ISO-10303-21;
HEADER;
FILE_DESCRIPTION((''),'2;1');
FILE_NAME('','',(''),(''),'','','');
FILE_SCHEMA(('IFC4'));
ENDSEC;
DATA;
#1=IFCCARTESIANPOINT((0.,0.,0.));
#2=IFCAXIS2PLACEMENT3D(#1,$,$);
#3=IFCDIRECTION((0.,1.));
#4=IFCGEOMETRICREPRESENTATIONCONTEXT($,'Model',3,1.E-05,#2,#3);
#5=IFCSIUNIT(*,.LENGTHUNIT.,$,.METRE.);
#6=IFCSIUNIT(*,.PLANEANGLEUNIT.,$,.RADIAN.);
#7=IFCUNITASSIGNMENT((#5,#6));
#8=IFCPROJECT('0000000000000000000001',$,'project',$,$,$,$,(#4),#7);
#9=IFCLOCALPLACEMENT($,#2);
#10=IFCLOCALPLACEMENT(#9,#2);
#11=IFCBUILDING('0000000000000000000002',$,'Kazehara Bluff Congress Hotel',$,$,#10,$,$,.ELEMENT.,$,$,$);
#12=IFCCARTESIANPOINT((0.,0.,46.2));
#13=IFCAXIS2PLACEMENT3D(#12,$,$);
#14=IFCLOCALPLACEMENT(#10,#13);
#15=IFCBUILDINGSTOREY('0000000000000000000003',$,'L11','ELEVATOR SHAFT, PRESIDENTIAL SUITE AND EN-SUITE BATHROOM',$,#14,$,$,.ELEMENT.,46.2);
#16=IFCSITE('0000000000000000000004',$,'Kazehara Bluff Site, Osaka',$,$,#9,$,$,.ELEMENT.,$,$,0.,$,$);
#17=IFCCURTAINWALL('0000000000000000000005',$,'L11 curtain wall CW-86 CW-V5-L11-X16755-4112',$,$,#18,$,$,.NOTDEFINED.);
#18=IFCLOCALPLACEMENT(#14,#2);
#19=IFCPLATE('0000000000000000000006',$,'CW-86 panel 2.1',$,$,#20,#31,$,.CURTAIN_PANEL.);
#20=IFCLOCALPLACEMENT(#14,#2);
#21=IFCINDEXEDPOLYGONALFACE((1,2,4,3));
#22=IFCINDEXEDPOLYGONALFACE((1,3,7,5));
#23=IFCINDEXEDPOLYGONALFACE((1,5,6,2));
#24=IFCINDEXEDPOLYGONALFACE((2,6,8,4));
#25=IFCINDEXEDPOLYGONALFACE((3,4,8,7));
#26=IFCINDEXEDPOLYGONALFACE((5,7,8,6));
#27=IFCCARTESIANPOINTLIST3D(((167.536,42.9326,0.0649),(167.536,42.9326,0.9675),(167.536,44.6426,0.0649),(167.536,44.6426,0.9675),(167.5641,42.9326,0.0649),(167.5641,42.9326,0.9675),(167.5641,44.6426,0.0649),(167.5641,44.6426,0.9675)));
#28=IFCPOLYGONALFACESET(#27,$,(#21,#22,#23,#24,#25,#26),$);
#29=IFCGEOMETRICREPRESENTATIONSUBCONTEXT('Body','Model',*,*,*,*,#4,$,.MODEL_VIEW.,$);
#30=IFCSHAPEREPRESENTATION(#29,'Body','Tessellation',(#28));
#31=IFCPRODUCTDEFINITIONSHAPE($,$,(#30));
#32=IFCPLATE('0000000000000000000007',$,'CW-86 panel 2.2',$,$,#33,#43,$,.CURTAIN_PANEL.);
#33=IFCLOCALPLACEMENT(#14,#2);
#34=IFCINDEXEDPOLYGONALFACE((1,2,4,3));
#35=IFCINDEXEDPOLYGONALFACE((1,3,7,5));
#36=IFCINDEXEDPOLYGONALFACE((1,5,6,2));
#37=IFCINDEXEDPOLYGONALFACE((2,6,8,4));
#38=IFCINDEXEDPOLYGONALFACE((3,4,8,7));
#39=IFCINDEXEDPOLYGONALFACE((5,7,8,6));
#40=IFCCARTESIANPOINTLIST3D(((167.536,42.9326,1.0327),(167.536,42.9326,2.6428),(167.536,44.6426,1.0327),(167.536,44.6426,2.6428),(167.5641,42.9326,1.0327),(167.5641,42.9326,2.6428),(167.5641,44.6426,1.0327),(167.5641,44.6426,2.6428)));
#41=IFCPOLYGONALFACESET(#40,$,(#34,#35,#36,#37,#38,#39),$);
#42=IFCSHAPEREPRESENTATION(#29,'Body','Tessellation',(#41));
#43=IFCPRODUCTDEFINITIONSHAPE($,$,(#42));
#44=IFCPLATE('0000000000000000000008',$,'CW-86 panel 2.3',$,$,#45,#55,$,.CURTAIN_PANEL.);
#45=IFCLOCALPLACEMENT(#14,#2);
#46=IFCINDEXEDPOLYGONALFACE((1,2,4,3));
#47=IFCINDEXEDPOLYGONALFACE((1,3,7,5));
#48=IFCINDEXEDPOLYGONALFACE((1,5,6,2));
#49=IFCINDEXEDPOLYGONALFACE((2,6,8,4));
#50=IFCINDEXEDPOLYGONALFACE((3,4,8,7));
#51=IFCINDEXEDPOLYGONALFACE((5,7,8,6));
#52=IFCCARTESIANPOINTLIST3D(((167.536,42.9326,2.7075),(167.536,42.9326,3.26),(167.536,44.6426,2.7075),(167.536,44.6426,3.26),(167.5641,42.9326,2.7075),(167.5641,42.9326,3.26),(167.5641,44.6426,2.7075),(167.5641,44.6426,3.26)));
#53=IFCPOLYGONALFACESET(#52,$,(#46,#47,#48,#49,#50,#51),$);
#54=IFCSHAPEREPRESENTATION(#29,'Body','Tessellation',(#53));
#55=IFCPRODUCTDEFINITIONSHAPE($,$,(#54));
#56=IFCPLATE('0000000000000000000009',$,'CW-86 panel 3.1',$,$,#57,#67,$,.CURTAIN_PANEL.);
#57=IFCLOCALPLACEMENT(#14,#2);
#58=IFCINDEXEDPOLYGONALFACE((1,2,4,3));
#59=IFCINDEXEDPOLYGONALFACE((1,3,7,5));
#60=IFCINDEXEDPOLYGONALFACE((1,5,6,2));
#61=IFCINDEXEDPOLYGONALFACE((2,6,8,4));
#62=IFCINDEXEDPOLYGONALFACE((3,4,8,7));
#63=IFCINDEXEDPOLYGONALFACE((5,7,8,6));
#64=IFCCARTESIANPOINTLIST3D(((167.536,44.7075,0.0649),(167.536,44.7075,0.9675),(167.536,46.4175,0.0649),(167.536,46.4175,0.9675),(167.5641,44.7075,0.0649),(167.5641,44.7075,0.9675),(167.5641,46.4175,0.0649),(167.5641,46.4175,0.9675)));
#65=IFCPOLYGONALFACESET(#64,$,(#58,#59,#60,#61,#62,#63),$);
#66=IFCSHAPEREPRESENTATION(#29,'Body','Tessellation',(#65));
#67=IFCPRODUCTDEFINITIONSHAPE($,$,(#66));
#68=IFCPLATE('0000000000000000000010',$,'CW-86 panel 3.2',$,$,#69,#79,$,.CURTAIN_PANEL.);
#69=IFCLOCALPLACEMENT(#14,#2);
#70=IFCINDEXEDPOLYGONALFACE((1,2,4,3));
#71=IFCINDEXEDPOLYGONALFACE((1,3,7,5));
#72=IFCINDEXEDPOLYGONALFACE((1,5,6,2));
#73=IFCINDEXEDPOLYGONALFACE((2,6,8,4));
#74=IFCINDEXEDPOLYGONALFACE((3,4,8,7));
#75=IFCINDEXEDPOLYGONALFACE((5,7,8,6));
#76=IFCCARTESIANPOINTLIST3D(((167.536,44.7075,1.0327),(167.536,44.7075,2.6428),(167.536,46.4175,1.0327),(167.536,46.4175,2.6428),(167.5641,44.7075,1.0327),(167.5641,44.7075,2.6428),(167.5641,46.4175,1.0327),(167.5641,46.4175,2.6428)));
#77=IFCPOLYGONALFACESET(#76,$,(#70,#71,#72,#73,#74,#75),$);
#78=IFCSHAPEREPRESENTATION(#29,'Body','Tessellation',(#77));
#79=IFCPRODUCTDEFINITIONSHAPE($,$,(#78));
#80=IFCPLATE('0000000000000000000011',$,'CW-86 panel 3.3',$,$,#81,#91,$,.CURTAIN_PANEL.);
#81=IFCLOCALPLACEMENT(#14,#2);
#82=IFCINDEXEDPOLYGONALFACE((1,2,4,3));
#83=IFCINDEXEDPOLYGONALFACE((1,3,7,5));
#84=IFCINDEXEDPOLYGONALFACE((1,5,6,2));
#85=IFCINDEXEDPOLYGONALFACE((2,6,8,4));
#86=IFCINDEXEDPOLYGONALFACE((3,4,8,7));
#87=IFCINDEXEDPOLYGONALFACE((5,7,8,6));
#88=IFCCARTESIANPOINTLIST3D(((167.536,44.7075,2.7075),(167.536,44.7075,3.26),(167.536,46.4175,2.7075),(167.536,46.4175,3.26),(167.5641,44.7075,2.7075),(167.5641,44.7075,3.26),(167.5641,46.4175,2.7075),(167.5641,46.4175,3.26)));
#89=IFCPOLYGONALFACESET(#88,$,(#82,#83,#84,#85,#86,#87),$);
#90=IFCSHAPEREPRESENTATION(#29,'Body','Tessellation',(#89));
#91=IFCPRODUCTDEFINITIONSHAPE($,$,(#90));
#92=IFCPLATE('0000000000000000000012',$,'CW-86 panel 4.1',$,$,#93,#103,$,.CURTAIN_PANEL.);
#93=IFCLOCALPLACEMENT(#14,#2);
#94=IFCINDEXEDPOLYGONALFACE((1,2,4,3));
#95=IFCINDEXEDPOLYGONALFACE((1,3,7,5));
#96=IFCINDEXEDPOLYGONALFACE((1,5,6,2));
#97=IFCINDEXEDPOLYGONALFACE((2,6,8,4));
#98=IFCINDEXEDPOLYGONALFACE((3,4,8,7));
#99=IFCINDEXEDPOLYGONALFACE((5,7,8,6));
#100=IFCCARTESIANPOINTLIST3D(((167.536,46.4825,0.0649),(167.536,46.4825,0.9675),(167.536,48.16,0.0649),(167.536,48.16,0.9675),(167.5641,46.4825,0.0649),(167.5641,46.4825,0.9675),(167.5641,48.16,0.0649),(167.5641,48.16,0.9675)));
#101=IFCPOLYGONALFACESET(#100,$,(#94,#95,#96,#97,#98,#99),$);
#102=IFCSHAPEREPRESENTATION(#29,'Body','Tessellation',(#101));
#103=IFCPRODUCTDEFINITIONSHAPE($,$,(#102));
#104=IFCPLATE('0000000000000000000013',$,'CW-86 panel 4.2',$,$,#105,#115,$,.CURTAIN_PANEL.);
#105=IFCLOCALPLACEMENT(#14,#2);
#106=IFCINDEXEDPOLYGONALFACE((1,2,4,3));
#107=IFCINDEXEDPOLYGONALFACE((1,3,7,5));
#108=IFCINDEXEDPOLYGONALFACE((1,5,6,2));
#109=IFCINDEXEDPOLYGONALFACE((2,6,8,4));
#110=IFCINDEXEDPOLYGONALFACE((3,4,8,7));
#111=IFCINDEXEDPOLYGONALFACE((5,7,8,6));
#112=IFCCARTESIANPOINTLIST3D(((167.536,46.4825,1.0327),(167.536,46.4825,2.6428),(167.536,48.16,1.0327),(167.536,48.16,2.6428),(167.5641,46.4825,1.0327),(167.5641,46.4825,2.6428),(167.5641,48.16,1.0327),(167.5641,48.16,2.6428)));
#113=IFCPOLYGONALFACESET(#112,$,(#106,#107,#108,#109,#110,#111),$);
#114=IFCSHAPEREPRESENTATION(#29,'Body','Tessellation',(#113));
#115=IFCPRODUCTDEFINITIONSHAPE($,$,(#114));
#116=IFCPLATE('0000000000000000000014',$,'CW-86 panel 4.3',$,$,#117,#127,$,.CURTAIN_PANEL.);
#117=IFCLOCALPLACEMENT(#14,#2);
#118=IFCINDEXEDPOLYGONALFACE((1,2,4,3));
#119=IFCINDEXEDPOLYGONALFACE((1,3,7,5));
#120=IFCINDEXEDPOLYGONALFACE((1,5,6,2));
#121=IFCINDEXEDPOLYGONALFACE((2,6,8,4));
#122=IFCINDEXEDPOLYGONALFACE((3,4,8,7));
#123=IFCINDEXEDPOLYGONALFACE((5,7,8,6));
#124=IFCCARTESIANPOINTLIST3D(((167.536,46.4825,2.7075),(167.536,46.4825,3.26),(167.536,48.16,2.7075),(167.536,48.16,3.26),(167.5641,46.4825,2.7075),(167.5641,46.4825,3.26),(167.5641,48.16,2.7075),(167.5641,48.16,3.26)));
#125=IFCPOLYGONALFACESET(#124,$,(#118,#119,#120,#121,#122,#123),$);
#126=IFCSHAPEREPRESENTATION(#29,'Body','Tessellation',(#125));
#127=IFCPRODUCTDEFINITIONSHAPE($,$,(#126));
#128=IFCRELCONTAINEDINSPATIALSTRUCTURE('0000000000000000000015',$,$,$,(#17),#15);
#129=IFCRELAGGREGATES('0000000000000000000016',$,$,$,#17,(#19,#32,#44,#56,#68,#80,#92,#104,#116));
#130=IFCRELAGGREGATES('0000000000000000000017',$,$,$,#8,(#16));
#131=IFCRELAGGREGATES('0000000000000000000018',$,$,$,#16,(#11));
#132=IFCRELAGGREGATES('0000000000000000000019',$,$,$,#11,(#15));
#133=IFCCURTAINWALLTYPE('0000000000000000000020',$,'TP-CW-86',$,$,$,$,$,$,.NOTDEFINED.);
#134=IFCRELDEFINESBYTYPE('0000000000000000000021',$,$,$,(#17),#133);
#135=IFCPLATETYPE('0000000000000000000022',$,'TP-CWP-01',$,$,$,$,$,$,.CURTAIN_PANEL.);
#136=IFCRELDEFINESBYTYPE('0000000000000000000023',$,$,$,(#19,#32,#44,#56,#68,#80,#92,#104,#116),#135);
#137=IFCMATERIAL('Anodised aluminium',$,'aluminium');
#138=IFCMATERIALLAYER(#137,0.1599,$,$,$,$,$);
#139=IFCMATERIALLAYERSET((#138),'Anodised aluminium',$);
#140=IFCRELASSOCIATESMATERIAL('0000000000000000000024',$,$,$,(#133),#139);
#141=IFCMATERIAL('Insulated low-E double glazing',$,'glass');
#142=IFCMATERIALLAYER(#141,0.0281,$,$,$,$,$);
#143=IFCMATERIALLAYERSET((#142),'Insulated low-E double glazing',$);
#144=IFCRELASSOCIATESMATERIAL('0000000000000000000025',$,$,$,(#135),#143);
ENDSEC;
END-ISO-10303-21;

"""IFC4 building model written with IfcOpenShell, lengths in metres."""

from ifc_helpers import new_model, si_unit, direction, frame, origin, origin_2d, place, context, subcontext, project, spatial, rectangle, extrude, material, layer, layer_set, type_object, element, aggregate, save


model = new_model("IFC4")

# Units and contexts
model_context = context("Model", 3, precision=1e-05, world=origin(), true_north=direction((0.0, 1.0)))
body_context = subcontext(model_context, "Body", "Model", "MODEL_VIEW")
ifc_project = project(units=[si_unit("LENGTHUNIT", "METRE"), si_unit("PLANEANGLEUNIT", "RADIAN")], contexts=[model_context])

# Site, building, storey
site_placement = place(None, origin())
site = spatial("IfcSite", under=ifc_project, at=site_placement, Name="Kazehara Bluff Site, Osaka", CompositionType="ELEMENT", RefElevation=0.0)
building_placement = place(site_placement, origin())
building = spatial("IfcBuilding", under=site, at=building_placement, Name="Kazehara Bluff Congress Hotel", CompositionType="ELEMENT")
storey_placement = place(building_placement, frame((0.0, 0.0, 46.2)))
storey = spatial("IfcBuildingStorey", under=building, at=storey_placement, Name="L11", Description="ELEVATOR SHAFT, PRESIDENTIAL SUITE AND EN-SUITE BATHROOM", CompositionType="ELEMENT", Elevation=46.2)

# Curtain wall
ifc_material_1 = material(Name="Anodised aluminium", Category="aluminium")
ifc_layer_1 = layer(ifc_material_1, 0.1599)
ifc_layer_set_1 = layer_set([ifc_layer_1], Name="Anodised aluminium")
curtain_wall_type = type_object("IfcCurtainWallType", Name="TP-CW-86", PredefinedType="NOTDEFINED", material=ifc_layer_set_1)
curtain_wall_placement = place(storey_placement, origin())
curtain_wall = element("IfcCurtainWall", 1, at=curtain_wall_placement, inside=storey, type_object=curtain_wall_type, Name="L11 curtain wall CW-86 CW-V5-L11-X16755-4112", PredefinedType="NOTDEFINED")

# Plates
ifc_material_2 = material(Name="Insulated low-E double glazing", Category="glass")
ifc_layer_2 = layer(ifc_material_2, 0.0281)
ifc_layer_set_2 = layer_set([ifc_layer_2], Name="Insulated low-E double glazing")
plate_type = type_object("IfcPlateType", Name="TP-CWP-01", PredefinedType="CURTAIN_PANEL", material=ifc_layer_set_2)
plate_1_placement = place(storey_placement, frame((167.55, 43.7876, 0.0649), z_axis=(0.0, 0.0, 1.0), x_axis=(0.0, 1.0, 0.0)))
plate_1 = element("IfcPlate", 2, at=plate_1_placement, type_object=plate_type, Name="CW-86 panel 2.1", PredefinedType="CURTAIN_PANEL", context=body_context, shape_type="SweptSolid", body=[
    extrude(rectangle(XDim=1.71, YDim=0.0281, at=origin_2d()), origin(), (0.0, 0.0, 1.0), 0.9026),
])
plate_2_placement = place(storey_placement, frame((167.55, 43.7876, 1.0327), z_axis=(0.0, 0.0, 1.0), x_axis=(0.0, 1.0, 0.0)))
plate_2 = element("IfcPlate", 3, at=plate_2_placement, type_object=plate_type, Name="CW-86 panel 2.2", PredefinedType="CURTAIN_PANEL", context=body_context, shape_type="SweptSolid", body=[
    extrude(rectangle(XDim=1.71, YDim=0.0281, at=origin_2d()), origin(), (0.0, 0.0, 1.0), 1.6101),
])
plate_3_placement = place(storey_placement, frame((167.55, 43.7876, 2.7075), z_axis=(0.0, 0.0, 1.0), x_axis=(0.0, 1.0, 0.0)))
plate_3 = element("IfcPlate", 4, at=plate_3_placement, type_object=plate_type, Name="CW-86 panel 2.3", PredefinedType="CURTAIN_PANEL", context=body_context, shape_type="SweptSolid", body=[
    extrude(rectangle(XDim=1.71, YDim=0.0281, at=origin_2d()), origin(), (0.0, 0.0, 1.0), 0.5525),
])
plate_4_placement = place(storey_placement, frame((167.55, 45.5625, 0.0649), z_axis=(0.0, 0.0, 1.0), x_axis=(0.0, 1.0, 0.0)))
plate_4 = element("IfcPlate", 5, at=plate_4_placement, type_object=plate_type, Name="CW-86 panel 3.1", PredefinedType="CURTAIN_PANEL", context=body_context, shape_type="SweptSolid", body=[
    extrude(rectangle(XDim=1.71, YDim=0.0281, at=origin_2d()), origin(), (0.0, 0.0, 1.0), 0.9026),
])
plate_5_placement = place(storey_placement, frame((167.55, 45.5625, 1.0327), z_axis=(0.0, 0.0, 1.0), x_axis=(0.0, 1.0, 0.0)))
plate_5 = element("IfcPlate", 6, at=plate_5_placement, type_object=plate_type, Name="CW-86 panel 3.2", PredefinedType="CURTAIN_PANEL", context=body_context, shape_type="SweptSolid", body=[
    extrude(rectangle(XDim=1.71, YDim=0.0281, at=origin_2d()), origin(), (0.0, 0.0, 1.0), 1.6101),
])
plate_6_placement = place(storey_placement, frame((167.55, 45.5625, 2.7075), z_axis=(0.0, 0.0, 1.0), x_axis=(0.0, 1.0, 0.0)))
plate_6 = element("IfcPlate", 7, at=plate_6_placement, type_object=plate_type, Name="CW-86 panel 3.3", PredefinedType="CURTAIN_PANEL", context=body_context, shape_type="SweptSolid", body=[
    extrude(rectangle(XDim=1.71, YDim=0.0281, at=origin_2d()), origin(), (0.0, 0.0, 1.0), 0.5525),
])
plate_7_placement = place(storey_placement, frame((167.55, 47.3213, 0.0649), z_axis=(0.0, 0.0, 1.0), x_axis=(0.0, 1.0, 0.0)))
plate_7 = element("IfcPlate", 8, at=plate_7_placement, type_object=plate_type, Name="CW-86 panel 4.1", PredefinedType="CURTAIN_PANEL", context=body_context, shape_type="SweptSolid", body=[
    extrude(rectangle(XDim=1.6775, YDim=0.0281, at=origin_2d()), origin(), (0.0, 0.0, 1.0), 0.9026),
])
plate_8_placement = place(storey_placement, frame((167.55, 47.3213, 1.0327), z_axis=(0.0, 0.0, 1.0), x_axis=(0.0, 1.0, 0.0)))
plate_8 = element("IfcPlate", 9, at=plate_8_placement, type_object=plate_type, Name="CW-86 panel 4.2", PredefinedType="CURTAIN_PANEL", context=body_context, shape_type="SweptSolid", body=[
    extrude(rectangle(XDim=1.6775, YDim=0.0281, at=origin_2d()), origin(), (0.0, 0.0, 1.0), 1.6101),
])
plate_9_placement = place(storey_placement, frame((167.55, 47.3213, 2.7075), z_axis=(0.0, 0.0, 1.0), x_axis=(0.0, 1.0, 0.0)))
plate_9 = element("IfcPlate", 10, at=plate_9_placement, type_object=plate_type, Name="CW-86 panel 4.3", PredefinedType="CURTAIN_PANEL", context=body_context, shape_type="SweptSolid", body=[
    extrude(rectangle(XDim=1.6775, YDim=0.0281, at=origin_2d()), origin(), (0.0, 0.0, 1.0), 0.5525),
])
aggregate(curtain_wall, [plate_1, plate_2, plate_3, plate_4, plate_5, plate_6, plate_7, plate_8, plate_9])

save(model, "model.ifc")
